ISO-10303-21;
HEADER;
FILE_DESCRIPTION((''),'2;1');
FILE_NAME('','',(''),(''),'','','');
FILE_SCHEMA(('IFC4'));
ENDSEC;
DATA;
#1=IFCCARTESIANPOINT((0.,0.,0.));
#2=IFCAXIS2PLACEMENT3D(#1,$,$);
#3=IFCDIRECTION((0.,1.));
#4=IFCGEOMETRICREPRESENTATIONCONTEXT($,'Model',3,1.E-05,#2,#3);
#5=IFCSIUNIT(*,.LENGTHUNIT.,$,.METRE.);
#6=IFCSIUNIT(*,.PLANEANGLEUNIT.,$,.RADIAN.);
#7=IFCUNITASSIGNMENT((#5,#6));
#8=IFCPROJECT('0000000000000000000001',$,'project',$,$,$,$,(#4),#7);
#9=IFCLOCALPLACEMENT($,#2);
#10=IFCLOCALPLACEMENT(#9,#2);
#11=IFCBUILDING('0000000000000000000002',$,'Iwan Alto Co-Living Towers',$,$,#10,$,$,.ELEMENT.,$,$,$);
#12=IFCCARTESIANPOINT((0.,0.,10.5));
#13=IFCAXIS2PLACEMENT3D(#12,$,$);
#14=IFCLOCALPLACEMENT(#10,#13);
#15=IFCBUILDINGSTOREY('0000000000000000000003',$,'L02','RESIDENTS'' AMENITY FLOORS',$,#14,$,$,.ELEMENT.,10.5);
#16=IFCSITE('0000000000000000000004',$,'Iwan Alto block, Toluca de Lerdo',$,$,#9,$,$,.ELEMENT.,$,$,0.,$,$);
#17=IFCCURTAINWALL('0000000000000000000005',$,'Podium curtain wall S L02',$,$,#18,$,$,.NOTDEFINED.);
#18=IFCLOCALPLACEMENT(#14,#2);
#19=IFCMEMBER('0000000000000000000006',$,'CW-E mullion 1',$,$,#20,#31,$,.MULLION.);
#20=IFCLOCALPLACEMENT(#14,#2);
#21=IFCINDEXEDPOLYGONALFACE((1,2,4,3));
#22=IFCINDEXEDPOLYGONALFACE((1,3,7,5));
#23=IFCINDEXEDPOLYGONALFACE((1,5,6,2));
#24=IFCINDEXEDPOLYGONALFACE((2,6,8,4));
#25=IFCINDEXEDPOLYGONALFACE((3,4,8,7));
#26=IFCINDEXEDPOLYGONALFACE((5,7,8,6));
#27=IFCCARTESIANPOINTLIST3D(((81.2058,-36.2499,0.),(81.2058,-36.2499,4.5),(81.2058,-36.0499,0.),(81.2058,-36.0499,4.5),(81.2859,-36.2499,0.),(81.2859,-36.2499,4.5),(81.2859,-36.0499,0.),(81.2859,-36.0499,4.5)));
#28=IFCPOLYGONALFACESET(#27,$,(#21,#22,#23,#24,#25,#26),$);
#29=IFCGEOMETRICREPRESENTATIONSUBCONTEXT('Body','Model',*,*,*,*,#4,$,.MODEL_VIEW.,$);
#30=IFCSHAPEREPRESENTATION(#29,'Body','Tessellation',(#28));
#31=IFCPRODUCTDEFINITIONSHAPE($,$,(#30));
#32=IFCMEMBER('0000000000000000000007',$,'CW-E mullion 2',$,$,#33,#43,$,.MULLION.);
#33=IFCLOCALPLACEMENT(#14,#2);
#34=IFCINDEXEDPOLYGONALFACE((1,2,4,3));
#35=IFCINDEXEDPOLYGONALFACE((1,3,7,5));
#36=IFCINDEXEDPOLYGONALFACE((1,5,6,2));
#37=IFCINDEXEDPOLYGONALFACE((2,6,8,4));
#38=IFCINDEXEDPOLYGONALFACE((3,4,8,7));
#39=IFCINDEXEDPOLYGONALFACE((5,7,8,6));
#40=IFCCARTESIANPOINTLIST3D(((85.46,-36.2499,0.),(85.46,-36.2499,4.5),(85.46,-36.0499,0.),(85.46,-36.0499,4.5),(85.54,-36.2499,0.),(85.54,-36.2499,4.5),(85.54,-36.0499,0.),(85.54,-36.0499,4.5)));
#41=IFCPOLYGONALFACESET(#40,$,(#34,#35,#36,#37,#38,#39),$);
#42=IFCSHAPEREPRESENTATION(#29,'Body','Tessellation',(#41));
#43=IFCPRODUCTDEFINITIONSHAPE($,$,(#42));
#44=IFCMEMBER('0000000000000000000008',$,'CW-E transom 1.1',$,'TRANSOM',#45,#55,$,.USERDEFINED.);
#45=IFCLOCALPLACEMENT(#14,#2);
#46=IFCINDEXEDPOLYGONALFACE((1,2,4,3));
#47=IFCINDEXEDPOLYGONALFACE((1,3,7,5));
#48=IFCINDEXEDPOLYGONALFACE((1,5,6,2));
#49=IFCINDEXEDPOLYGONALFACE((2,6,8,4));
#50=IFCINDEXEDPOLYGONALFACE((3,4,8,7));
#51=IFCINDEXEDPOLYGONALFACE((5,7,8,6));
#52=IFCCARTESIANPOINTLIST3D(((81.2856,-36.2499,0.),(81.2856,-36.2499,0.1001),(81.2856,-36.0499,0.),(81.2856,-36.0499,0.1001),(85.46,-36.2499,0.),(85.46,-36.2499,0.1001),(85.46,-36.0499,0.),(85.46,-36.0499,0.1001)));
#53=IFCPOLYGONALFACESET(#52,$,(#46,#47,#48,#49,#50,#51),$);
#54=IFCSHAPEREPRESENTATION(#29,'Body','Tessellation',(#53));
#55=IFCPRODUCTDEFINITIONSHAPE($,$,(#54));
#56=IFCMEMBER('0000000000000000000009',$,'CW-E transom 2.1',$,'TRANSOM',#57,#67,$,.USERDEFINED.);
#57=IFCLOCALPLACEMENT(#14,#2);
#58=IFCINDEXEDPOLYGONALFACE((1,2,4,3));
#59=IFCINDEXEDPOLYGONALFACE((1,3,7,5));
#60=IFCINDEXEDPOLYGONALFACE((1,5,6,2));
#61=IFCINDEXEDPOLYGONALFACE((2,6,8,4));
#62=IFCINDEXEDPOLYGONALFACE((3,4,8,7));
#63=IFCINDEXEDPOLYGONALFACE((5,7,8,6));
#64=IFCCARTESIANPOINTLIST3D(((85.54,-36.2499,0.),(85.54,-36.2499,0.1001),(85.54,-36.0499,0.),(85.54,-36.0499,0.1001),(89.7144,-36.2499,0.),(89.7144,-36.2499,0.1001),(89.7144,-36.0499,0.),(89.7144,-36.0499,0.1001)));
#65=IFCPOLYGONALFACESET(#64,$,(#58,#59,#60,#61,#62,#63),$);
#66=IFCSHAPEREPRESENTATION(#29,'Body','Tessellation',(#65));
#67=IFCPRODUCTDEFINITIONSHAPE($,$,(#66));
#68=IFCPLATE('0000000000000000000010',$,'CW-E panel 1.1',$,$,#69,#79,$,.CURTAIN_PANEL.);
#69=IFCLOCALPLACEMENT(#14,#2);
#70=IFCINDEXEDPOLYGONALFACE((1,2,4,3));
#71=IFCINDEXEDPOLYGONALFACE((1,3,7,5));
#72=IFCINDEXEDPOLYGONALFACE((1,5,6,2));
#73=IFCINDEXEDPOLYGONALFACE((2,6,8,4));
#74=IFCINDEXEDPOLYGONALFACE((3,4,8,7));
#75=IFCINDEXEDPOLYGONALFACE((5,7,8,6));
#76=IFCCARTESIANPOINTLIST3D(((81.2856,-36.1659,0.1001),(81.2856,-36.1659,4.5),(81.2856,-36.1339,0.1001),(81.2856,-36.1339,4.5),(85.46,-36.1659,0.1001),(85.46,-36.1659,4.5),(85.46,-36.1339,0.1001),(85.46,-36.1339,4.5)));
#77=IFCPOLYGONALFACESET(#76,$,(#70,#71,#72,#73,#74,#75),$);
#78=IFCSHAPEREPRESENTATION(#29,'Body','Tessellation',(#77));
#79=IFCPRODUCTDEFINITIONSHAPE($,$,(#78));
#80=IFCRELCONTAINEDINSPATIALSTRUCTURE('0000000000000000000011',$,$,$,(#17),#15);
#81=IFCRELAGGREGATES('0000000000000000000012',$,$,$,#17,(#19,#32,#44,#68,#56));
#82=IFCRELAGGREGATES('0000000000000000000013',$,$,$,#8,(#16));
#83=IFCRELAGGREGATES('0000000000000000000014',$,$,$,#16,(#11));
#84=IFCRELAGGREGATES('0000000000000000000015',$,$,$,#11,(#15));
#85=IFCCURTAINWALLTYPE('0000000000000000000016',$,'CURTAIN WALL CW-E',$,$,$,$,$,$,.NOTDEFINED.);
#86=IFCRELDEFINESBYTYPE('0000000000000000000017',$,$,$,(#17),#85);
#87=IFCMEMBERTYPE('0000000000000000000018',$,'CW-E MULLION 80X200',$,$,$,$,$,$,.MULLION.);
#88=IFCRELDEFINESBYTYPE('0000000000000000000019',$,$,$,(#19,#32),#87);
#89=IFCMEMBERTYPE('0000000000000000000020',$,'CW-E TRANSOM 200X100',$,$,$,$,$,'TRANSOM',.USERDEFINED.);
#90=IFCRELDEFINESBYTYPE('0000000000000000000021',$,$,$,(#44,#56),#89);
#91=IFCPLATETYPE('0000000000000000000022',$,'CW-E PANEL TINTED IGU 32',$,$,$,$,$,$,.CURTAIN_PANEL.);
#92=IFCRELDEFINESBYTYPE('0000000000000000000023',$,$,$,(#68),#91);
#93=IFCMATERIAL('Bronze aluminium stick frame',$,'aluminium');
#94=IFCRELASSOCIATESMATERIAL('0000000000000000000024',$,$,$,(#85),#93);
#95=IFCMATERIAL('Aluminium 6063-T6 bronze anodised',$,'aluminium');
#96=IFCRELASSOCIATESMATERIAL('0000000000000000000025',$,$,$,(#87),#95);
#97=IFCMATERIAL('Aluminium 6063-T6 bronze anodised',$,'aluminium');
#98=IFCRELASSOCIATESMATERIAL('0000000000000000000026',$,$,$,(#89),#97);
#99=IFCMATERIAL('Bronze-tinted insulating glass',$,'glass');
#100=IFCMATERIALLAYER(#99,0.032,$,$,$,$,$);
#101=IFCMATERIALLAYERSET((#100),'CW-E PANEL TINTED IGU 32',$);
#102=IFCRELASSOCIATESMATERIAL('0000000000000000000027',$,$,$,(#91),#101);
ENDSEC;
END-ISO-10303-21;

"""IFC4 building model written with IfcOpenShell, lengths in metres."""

from ifc_helpers import new_model, si_unit, direction, frame, origin, origin_2d, place, context, subcontext, project, spatial, rectangle, extrude, material, layer, layer_set, material_profile, profile_set, type_object, element, aggregate, save


model = new_model("IFC4")

# Units and contexts
model_context = context("Model", 3, precision=1e-05, world=origin(), true_north=direction((0.0, 1.0)))
body_context = subcontext(model_context, "Body", "Model", "MODEL_VIEW")
ifc_project = project(units=[si_unit("LENGTHUNIT", "METRE"), si_unit("PLANEANGLEUNIT", "RADIAN")], contexts=[model_context])

# Site, building, storey
site_placement = place(None, origin())
site = spatial("IfcSite", under=ifc_project, at=site_placement, Name="Iwan Alto block, Toluca de Lerdo", CompositionType="ELEMENT", RefElevation=0.0)
building_placement = place(site_placement, origin())
building = spatial("IfcBuilding", under=site, at=building_placement, Name="Iwan Alto Co-Living Towers", CompositionType="ELEMENT")
storey_placement = place(building_placement, frame((0.0, 0.0, 10.5)))
storey = spatial("IfcBuildingStorey", under=building, at=storey_placement, Name="L02", Description="RESIDENTS' AMENITY FLOORS", CompositionType="ELEMENT", Elevation=10.5)

# Curtain wall, members, plate
ifc_material_1 = material(Name="Bronze aluminium stick frame", Category="aluminium")
curtain_wall_type = type_object("IfcCurtainWallType", Name="CURTAIN WALL CW-E", PredefinedType="NOTDEFINED", material=ifc_material_1)
curtain_wall_placement = place(storey_placement, origin())
curtain_wall = element("IfcCurtainWall", 1, at=curtain_wall_placement, inside=storey, type_object=curtain_wall_type, Name="Podium curtain wall S L02", PredefinedType="NOTDEFINED")
ifc_material_2 = material(Name="Aluminium 6063-T6 bronze anodised", Category="aluminium")
ifc_material_profile_1 = material_profile(ifc_material_2, rectangle(XDim=0.2, YDim=0.0801, at=origin_2d()), Name="AL 80X200")
ifc_profile_set_1 = profile_set([ifc_material_profile_1], Name="Aluminium 6063-T6 bronze anodised")
member_type_1 = type_object("IfcMemberType", Name="CW-E MULLION 80X200", PredefinedType="MULLION", material=ifc_profile_set_1)
member_1_placement = place(storey_placement, frame((81.2458, -36.1499, 0.0), z_axis=(0.0, 0.0, 1.0), x_axis=(0.0, 1.0, 0.0)))
member_1 = element("IfcMember", 2, at=member_1_placement, type_object=member_type_1, Name="CW-E mullion 1", PredefinedType="MULLION", context=body_context, shape_type="SweptSolid", body=[
    extrude(rectangle(XDim=0.2, YDim=0.0801, at=origin_2d()), origin(), (0.0, 0.0, 1.0), 4.5),
])
member_2_placement = place(storey_placement, frame((85.5, -36.1499, 0.0), z_axis=(0.0, 0.0, 1.0), x_axis=(0.0, 1.0, 0.0)))
member_2 = element("IfcMember", 3, at=member_2_placement, type_object=member_type_1, Name="CW-E mullion 2", PredefinedType="MULLION", context=body_context, shape_type="SweptSolid", body=[
    extrude(rectangle(XDim=0.2, YDim=0.0801, at=origin_2d()), origin(), (0.0, 0.0, 1.0), 4.5),
])
ifc_material_3 = material(Name="Aluminium 6063-T6 bronze anodised", Category="aluminium")
ifc_material_profile_2 = material_profile(ifc_material_3, rectangle(XDim=0.2, YDim=0.1001, at=origin_2d()), Name="AL 200X100")
ifc_profile_set_2 = profile_set([ifc_material_profile_2], Name="Aluminium 6063-T6 bronze anodised")
member_type_2 = type_object("IfcMemberType", Name="CW-E TRANSOM 200X100", ElementType="TRANSOM", PredefinedType="USERDEFINED", material=ifc_profile_set_2)
member_3_placement = place(storey_placement, frame((81.2856, -36.1499, 0.05), z_axis=(1.0, 0.0, 0.0), x_axis=(0.0, 1.0, 0.0)))
member_3 = element("IfcMember", 4, at=member_3_placement, type_object=member_type_2, Name="CW-E transom 1.1", ObjectType="TRANSOM", PredefinedType="USERDEFINED", context=body_context, shape_type="SweptSolid", body=[
    extrude(rectangle(XDim=0.2, YDim=0.1001, at=origin_2d()), origin(), (0.0, 0.0, 1.0), 4.1743),
])
member_4_placement = place(storey_placement, frame((85.54, -36.1499, 0.05), z_axis=(1.0, 0.0, 0.0), x_axis=(0.0, 1.0, 0.0)))
member_4 = element("IfcMember", 5, at=member_4_placement, type_object=member_type_2, Name="CW-E transom 2.1", ObjectType="TRANSOM", PredefinedType="USERDEFINED", context=body_context, shape_type="SweptSolid", body=[
    extrude(rectangle(XDim=0.2, YDim=0.1001, at=origin_2d()), origin(), (0.0, 0.0, 1.0), 4.1743),
])
ifc_material_4 = material(Name="Bronze-tinted insulating glass", Category="glass")
ifc_layer_1 = layer(ifc_material_4, 0.032)
ifc_layer_set_1 = layer_set([ifc_layer_1], Name="CW-E PANEL TINTED IGU 32")
plate_type = type_object("IfcPlateType", Name="CW-E PANEL TINTED IGU 32", PredefinedType="CURTAIN_PANEL", material=ifc_layer_set_1)
plate_placement = place(storey_placement, frame((83.3728, -36.1499, 0.1001), z_axis=(0.0, 0.0, 1.0), x_axis=(1.0, 0.0, 0.0)))
plate = element("IfcPlate", 6, at=plate_placement, type_object=plate_type, Name="CW-E panel 1.1", PredefinedType="CURTAIN_PANEL", context=body_context, shape_type="SweptSolid", body=[
    extrude(rectangle(XDim=4.1743, YDim=0.032, at=origin_2d()), origin(), (0.0, 0.0, 1.0), 4.3999),
])
aggregate(curtain_wall, [member_1, member_2, member_3, plate, member_4])

save(model, "model.ifc")
